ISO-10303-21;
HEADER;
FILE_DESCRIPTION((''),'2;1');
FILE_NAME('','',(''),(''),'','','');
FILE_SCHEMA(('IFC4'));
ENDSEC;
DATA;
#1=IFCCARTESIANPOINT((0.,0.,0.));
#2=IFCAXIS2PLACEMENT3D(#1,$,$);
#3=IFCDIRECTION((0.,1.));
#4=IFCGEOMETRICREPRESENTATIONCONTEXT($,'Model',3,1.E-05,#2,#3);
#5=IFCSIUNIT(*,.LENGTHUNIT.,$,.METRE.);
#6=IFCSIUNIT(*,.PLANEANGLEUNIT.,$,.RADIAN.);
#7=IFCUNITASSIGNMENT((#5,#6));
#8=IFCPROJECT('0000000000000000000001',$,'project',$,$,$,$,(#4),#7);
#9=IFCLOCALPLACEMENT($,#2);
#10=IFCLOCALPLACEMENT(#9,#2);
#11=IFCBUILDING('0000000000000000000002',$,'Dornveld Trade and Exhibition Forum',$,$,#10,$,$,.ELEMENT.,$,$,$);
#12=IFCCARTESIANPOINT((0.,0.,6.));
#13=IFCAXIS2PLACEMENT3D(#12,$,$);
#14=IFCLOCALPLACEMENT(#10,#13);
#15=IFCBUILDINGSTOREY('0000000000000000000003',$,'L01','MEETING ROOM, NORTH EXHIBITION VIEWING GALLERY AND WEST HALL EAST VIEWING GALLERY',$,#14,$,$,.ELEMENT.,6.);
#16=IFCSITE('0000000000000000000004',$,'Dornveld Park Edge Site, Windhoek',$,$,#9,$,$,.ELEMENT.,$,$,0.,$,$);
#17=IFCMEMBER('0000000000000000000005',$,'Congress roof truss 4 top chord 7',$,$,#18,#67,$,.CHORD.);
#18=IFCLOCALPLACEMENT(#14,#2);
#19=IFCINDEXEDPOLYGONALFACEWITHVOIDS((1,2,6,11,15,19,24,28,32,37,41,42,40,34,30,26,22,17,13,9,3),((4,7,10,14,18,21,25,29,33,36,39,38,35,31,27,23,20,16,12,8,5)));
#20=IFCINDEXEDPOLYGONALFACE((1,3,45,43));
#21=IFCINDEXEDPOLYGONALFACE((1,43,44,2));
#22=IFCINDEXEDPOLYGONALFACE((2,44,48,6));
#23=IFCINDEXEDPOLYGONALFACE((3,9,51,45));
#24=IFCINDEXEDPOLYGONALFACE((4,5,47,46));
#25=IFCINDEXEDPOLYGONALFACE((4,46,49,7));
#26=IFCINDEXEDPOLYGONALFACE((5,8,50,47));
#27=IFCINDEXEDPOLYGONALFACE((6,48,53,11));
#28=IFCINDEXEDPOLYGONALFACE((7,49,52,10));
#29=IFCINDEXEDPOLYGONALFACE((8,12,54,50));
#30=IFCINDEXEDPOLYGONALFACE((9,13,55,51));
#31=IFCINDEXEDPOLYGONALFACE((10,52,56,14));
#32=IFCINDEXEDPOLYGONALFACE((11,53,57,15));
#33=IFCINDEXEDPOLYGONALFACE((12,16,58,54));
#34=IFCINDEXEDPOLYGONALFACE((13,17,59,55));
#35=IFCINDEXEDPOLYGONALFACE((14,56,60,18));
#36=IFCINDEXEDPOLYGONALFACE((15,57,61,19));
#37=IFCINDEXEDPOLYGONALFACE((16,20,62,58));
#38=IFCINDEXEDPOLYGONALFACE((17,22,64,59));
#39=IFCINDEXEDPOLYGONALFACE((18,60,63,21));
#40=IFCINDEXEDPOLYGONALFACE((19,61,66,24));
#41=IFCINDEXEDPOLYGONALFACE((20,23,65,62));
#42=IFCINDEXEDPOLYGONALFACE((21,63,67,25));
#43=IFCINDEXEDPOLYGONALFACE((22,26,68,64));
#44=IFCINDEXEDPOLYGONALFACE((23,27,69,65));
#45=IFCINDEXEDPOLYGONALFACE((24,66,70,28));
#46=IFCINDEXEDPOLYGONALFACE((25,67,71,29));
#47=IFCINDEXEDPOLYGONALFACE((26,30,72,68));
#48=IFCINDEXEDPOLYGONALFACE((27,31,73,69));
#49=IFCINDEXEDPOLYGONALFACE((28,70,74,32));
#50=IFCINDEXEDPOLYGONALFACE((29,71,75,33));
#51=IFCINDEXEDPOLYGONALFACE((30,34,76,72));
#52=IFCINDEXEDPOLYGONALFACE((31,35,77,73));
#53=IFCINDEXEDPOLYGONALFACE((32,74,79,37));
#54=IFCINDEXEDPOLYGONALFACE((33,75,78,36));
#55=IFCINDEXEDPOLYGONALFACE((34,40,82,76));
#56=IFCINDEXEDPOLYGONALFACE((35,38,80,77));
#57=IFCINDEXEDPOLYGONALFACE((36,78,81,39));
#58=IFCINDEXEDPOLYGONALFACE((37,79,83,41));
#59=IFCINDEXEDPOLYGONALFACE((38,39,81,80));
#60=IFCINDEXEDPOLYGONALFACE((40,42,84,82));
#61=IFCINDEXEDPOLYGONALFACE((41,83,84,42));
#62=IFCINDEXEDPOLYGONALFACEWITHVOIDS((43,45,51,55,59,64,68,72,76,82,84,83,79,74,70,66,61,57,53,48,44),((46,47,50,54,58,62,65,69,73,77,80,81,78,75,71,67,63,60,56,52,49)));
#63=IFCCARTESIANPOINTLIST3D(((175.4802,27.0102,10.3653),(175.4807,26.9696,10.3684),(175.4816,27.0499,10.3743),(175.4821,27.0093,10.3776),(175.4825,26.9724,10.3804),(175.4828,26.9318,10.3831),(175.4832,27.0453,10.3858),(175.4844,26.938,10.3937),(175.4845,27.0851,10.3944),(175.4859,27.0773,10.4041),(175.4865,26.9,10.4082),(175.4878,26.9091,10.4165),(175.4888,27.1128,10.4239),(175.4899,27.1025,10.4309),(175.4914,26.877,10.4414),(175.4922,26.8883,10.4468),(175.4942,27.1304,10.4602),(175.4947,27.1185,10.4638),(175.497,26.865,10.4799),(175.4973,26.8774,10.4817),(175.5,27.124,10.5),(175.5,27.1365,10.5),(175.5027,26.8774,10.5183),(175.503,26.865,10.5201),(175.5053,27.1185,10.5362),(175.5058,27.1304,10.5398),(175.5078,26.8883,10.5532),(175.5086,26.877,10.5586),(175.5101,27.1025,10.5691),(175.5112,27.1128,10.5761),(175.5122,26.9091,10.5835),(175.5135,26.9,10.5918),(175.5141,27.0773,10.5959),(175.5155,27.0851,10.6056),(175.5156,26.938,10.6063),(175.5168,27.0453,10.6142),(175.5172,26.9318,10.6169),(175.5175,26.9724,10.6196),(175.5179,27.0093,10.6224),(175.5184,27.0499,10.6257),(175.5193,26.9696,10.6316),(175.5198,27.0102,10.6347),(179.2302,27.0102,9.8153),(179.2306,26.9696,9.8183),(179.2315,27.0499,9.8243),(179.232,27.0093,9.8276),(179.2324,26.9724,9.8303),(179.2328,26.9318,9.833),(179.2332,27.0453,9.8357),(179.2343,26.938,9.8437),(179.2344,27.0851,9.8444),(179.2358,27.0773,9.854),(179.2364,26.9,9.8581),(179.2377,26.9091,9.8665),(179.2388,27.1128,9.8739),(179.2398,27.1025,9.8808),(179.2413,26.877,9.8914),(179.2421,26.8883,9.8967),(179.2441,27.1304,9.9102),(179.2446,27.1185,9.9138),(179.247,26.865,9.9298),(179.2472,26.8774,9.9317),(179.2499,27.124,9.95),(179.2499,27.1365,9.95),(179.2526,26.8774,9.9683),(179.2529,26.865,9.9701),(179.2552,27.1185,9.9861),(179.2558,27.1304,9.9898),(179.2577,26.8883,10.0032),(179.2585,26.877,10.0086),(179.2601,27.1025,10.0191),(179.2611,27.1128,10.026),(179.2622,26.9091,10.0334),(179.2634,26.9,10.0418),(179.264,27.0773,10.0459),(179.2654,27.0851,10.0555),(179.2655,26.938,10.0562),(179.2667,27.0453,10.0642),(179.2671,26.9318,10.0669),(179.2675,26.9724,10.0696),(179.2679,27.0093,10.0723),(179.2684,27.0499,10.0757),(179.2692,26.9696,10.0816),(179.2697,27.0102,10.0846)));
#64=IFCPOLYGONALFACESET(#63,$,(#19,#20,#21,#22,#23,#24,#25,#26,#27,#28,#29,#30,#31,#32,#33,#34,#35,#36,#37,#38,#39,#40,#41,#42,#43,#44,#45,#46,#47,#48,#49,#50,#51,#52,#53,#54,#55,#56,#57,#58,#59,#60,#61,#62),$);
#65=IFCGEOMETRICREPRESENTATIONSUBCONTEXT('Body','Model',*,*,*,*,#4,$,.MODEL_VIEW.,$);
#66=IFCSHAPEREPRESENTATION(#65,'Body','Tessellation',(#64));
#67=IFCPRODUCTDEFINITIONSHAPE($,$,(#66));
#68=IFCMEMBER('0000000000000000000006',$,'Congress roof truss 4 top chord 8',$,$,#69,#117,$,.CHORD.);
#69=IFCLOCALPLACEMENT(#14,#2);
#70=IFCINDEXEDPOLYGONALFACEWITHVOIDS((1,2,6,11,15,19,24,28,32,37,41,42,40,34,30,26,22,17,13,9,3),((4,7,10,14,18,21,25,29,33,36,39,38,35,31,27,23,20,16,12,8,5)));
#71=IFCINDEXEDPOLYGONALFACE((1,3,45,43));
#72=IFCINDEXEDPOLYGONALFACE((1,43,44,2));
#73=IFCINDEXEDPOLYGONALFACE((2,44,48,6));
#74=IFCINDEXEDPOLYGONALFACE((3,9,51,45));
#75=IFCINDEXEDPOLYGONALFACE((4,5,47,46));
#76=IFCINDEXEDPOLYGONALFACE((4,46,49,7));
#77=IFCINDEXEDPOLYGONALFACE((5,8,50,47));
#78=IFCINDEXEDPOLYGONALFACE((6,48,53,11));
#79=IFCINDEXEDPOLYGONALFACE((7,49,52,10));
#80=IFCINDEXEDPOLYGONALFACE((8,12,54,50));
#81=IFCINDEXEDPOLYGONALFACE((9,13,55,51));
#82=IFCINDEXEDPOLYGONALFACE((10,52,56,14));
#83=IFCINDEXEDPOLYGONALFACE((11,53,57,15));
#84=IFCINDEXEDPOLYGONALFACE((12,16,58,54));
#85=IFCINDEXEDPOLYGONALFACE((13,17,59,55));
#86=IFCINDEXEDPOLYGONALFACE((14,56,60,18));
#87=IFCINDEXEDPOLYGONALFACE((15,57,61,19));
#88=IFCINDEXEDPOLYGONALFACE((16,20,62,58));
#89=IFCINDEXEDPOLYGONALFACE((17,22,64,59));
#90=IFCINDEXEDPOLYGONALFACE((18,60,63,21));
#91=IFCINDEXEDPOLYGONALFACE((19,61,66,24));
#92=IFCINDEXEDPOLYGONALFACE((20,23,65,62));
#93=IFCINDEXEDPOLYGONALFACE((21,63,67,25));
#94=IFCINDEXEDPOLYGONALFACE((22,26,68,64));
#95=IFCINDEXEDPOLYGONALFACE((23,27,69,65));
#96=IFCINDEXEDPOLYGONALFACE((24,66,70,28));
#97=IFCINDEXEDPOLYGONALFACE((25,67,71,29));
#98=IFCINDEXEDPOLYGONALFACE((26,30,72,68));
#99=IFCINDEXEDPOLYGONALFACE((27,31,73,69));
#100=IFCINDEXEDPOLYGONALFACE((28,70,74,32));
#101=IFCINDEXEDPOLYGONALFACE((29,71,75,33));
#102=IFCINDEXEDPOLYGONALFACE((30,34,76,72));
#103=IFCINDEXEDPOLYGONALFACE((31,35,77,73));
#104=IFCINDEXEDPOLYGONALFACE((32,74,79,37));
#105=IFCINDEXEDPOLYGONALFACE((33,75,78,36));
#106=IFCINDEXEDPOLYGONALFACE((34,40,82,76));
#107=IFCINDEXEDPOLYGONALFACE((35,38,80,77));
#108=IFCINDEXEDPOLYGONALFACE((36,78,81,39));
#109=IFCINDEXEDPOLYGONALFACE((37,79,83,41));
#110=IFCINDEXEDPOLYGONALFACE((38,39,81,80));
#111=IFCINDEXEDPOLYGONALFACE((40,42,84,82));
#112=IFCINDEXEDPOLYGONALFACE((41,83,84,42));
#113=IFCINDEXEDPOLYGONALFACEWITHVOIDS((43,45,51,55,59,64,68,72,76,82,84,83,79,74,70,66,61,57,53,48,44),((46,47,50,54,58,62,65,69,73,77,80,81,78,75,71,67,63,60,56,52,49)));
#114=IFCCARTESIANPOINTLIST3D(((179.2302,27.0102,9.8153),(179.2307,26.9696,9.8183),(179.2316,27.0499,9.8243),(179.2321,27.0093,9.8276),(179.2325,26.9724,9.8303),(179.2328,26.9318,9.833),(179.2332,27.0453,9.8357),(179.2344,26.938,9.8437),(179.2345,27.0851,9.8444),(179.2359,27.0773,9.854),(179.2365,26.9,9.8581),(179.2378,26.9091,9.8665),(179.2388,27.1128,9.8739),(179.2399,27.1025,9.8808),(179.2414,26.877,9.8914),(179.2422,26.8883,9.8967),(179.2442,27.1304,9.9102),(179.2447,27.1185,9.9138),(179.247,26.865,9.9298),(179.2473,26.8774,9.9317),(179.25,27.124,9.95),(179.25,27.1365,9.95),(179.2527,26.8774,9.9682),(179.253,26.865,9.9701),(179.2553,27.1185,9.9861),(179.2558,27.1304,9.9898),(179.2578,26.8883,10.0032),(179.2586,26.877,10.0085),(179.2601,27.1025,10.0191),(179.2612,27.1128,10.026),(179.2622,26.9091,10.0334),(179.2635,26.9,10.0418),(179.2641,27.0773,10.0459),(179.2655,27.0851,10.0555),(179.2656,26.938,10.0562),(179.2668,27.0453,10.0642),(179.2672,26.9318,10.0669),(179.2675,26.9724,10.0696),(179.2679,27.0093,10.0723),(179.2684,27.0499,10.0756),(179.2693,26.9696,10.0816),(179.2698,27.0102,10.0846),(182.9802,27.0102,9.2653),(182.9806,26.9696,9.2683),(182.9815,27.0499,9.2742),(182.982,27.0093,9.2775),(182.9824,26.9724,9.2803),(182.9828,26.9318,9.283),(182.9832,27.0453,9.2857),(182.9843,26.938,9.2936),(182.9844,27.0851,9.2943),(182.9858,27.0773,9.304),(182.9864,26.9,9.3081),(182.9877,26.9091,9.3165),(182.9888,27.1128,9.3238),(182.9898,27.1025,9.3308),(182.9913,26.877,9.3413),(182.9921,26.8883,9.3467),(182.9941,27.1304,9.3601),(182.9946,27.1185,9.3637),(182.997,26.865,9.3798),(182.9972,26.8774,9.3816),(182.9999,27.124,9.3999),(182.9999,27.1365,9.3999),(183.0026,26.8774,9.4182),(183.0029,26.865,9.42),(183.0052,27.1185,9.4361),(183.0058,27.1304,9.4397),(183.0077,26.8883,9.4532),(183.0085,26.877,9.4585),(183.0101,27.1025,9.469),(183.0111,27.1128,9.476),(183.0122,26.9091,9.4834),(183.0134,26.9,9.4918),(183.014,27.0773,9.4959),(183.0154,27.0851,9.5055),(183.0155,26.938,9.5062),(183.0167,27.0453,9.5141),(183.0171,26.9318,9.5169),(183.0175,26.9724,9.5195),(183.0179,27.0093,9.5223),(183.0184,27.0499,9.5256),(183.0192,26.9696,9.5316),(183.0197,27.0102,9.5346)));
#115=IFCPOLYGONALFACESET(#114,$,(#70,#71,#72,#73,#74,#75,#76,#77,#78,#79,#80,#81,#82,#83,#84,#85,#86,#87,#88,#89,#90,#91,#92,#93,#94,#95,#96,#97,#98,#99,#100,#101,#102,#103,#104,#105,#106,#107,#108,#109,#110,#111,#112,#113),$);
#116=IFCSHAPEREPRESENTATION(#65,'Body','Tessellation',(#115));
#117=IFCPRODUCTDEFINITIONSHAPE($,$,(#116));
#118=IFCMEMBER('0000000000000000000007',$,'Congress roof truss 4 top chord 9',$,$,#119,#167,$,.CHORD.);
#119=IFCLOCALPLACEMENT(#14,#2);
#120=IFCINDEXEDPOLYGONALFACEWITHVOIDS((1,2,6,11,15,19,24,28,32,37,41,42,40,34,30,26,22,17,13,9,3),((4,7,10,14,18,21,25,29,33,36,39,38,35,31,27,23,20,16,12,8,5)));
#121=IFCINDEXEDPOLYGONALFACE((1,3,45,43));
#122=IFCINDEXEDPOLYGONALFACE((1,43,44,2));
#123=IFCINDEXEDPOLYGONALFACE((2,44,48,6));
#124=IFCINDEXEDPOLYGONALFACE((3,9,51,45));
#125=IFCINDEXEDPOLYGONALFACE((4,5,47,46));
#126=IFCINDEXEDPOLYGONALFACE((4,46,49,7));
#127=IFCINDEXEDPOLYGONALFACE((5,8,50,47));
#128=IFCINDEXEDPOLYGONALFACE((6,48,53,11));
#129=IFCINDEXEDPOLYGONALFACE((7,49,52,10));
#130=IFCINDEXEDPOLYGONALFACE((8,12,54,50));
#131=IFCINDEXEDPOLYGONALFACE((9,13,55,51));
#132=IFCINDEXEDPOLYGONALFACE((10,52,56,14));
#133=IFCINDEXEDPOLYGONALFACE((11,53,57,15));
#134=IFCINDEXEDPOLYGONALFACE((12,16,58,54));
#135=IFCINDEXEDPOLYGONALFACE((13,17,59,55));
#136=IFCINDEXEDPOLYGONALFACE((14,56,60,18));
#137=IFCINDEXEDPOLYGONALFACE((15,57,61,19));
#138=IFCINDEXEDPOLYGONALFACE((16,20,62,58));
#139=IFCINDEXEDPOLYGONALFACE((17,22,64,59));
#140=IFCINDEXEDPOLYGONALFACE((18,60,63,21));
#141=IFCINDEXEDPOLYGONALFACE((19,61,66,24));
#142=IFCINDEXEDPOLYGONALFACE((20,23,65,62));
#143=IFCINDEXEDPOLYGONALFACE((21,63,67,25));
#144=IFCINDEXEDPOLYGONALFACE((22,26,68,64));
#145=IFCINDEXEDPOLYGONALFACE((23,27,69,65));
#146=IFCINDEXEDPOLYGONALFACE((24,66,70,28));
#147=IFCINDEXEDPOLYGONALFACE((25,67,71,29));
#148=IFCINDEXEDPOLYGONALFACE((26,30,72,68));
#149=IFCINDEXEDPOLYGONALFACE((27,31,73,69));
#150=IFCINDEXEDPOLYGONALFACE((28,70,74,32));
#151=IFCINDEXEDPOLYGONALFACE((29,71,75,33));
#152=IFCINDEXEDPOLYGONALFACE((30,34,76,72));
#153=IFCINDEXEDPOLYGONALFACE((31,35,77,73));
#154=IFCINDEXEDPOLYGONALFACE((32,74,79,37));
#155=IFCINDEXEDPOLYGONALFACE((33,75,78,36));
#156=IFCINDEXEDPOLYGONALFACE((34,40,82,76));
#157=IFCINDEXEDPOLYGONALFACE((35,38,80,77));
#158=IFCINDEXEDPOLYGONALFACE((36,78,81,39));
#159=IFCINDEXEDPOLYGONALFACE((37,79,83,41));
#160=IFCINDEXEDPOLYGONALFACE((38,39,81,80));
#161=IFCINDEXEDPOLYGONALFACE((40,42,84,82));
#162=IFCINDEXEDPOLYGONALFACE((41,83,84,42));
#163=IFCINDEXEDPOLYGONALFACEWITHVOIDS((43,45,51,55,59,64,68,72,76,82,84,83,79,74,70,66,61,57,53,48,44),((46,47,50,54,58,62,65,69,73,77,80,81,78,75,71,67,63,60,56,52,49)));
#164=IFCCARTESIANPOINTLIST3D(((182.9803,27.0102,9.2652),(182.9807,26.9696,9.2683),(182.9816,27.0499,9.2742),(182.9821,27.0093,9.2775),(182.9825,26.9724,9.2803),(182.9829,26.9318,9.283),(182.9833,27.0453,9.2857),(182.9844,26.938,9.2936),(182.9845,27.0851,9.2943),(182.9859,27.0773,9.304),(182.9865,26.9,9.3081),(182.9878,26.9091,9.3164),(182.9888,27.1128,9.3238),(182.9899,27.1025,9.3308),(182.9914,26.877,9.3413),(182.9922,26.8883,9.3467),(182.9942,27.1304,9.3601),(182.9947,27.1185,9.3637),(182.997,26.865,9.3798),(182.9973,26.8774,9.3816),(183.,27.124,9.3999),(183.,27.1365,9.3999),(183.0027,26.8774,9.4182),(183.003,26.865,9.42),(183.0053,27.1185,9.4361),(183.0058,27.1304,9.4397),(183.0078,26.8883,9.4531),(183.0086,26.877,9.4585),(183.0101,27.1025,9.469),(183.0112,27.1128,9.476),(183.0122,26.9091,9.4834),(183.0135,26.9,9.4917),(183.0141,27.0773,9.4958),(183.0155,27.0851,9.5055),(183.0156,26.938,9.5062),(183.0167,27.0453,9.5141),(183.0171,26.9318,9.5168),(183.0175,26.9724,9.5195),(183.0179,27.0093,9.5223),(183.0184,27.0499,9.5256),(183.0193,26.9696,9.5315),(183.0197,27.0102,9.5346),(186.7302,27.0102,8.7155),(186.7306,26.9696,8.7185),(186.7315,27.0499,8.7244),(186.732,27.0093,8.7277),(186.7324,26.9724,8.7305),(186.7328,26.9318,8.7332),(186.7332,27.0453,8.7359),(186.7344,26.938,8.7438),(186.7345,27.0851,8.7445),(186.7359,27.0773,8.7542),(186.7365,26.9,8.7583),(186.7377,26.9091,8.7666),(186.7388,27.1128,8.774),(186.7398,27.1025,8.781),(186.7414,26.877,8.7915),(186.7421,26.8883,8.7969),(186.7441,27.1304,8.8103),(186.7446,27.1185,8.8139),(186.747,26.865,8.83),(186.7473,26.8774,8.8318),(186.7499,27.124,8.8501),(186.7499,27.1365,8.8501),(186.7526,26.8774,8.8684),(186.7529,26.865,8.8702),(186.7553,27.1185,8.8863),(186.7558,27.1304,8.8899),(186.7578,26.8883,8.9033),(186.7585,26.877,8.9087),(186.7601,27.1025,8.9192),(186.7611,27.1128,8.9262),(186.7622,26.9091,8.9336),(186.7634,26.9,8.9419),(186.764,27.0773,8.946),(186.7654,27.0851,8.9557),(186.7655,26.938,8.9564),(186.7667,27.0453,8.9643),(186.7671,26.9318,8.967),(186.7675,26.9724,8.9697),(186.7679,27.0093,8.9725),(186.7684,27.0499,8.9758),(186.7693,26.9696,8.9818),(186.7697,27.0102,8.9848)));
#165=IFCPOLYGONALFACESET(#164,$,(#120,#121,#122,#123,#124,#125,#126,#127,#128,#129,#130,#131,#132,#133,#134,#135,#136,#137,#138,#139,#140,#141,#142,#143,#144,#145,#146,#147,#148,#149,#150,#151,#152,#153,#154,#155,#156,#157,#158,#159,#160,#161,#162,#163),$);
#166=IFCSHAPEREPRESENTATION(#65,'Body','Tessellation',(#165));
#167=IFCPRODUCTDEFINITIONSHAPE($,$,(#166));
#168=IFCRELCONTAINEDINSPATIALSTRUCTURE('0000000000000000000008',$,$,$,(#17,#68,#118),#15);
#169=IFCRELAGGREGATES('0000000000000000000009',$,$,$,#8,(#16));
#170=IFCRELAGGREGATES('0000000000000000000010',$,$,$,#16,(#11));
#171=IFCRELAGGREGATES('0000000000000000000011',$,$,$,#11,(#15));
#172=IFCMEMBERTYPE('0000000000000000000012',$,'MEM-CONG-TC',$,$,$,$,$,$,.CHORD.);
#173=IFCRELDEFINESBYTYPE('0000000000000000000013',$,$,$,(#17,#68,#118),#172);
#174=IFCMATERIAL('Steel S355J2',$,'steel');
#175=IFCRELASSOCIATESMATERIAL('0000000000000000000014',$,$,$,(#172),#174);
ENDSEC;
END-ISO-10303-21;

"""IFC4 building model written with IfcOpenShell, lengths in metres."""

from ifc_helpers import new_model, si_unit, direction, frame, origin, origin_2d, place, context, subcontext, project, spatial, hollow_circle, extrude, material, material_profile, profile_set, type_object, element, save


model = new_model("IFC4")

# Units and contexts
model_context = context("Model", 3, precision=1e-05, world=origin(), true_north=direction((0.0, 1.0)))
body_context = subcontext(model_context, "Body", "Model", "MODEL_VIEW")
ifc_project = project(units=[si_unit("LENGTHUNIT", "METRE"), si_unit("PLANEANGLEUNIT", "RADIAN")], contexts=[model_context])

# Site, building, storey
site_placement = place(None, origin())
site = spatial("IfcSite", under=ifc_project, at=site_placement, Name="Dornveld Park Edge Site, Windhoek", CompositionType="ELEMENT", RefElevation=0.0)
building_placement = place(site_placement, origin())
building = spatial("IfcBuilding", under=site, at=building_placement, Name="Dornveld Trade and Exhibition Forum", CompositionType="ELEMENT")
storey_placement = place(building_placement, frame((0.0, 0.0, 6.0)))
storey = spatial("IfcBuildingStorey", under=building, at=storey_placement, Name="L01", Description="MEETING ROOM, NORTH EXHIBITION VIEWING GALLERY AND WEST HALL EAST VIEWING GALLERY", CompositionType="ELEMENT", Elevation=6.0)

# Members
ifc_material_1 = material(Name="Steel S355J2", Category="steel")
ifc_material_profile_1 = material_profile(ifc_material_1, hollow_circle(Radius=0.1365, WallThickness=0.0125, at=origin_2d()), Name="CHS 273x12.5")
ifc_profile_set_1 = profile_set([ifc_material_profile_1], Name="Steel S355J2")
member_type_1 = type_object("IfcMemberType", Name="MEM-CONG-TC", PredefinedType="CHORD", material=ifc_profile_set_1)
for number, where, z_axis, x_axis, name in (
    (1, (175.5, 27.0, 10.5), (0.989413, 0.0, -0.145127), (0.0, 1.0, 0.0), "Congress roof truss 4 top chord 7"),
    (2, (179.25, 27.0, 9.95), (0.989413, 0.0, -0.145127), (0.0, 1.0, 0.0), "Congress roof truss 4 top chord 8"),
    (3, (183.0, 27.0, 9.3999), (0.989422, 0.0, -0.145064), (0.0, 1.0, 0.0), "Congress roof truss 4 top chord 9"),
):
    element("IfcMember", number, at=place(storey_placement, frame(where, z_axis=z_axis, x_axis=x_axis)), inside=storey, type_object=member_type_1, Name=name, PredefinedType="CHORD", context=body_context, shape_type="SweptSolid", body=[
        extrude(hollow_circle(Radius=0.1365, WallThickness=0.0125, at=origin_2d()), origin(), (0.0, 0.0, 1.0), 3.79),
    ])

save(model, "model.ifc")
